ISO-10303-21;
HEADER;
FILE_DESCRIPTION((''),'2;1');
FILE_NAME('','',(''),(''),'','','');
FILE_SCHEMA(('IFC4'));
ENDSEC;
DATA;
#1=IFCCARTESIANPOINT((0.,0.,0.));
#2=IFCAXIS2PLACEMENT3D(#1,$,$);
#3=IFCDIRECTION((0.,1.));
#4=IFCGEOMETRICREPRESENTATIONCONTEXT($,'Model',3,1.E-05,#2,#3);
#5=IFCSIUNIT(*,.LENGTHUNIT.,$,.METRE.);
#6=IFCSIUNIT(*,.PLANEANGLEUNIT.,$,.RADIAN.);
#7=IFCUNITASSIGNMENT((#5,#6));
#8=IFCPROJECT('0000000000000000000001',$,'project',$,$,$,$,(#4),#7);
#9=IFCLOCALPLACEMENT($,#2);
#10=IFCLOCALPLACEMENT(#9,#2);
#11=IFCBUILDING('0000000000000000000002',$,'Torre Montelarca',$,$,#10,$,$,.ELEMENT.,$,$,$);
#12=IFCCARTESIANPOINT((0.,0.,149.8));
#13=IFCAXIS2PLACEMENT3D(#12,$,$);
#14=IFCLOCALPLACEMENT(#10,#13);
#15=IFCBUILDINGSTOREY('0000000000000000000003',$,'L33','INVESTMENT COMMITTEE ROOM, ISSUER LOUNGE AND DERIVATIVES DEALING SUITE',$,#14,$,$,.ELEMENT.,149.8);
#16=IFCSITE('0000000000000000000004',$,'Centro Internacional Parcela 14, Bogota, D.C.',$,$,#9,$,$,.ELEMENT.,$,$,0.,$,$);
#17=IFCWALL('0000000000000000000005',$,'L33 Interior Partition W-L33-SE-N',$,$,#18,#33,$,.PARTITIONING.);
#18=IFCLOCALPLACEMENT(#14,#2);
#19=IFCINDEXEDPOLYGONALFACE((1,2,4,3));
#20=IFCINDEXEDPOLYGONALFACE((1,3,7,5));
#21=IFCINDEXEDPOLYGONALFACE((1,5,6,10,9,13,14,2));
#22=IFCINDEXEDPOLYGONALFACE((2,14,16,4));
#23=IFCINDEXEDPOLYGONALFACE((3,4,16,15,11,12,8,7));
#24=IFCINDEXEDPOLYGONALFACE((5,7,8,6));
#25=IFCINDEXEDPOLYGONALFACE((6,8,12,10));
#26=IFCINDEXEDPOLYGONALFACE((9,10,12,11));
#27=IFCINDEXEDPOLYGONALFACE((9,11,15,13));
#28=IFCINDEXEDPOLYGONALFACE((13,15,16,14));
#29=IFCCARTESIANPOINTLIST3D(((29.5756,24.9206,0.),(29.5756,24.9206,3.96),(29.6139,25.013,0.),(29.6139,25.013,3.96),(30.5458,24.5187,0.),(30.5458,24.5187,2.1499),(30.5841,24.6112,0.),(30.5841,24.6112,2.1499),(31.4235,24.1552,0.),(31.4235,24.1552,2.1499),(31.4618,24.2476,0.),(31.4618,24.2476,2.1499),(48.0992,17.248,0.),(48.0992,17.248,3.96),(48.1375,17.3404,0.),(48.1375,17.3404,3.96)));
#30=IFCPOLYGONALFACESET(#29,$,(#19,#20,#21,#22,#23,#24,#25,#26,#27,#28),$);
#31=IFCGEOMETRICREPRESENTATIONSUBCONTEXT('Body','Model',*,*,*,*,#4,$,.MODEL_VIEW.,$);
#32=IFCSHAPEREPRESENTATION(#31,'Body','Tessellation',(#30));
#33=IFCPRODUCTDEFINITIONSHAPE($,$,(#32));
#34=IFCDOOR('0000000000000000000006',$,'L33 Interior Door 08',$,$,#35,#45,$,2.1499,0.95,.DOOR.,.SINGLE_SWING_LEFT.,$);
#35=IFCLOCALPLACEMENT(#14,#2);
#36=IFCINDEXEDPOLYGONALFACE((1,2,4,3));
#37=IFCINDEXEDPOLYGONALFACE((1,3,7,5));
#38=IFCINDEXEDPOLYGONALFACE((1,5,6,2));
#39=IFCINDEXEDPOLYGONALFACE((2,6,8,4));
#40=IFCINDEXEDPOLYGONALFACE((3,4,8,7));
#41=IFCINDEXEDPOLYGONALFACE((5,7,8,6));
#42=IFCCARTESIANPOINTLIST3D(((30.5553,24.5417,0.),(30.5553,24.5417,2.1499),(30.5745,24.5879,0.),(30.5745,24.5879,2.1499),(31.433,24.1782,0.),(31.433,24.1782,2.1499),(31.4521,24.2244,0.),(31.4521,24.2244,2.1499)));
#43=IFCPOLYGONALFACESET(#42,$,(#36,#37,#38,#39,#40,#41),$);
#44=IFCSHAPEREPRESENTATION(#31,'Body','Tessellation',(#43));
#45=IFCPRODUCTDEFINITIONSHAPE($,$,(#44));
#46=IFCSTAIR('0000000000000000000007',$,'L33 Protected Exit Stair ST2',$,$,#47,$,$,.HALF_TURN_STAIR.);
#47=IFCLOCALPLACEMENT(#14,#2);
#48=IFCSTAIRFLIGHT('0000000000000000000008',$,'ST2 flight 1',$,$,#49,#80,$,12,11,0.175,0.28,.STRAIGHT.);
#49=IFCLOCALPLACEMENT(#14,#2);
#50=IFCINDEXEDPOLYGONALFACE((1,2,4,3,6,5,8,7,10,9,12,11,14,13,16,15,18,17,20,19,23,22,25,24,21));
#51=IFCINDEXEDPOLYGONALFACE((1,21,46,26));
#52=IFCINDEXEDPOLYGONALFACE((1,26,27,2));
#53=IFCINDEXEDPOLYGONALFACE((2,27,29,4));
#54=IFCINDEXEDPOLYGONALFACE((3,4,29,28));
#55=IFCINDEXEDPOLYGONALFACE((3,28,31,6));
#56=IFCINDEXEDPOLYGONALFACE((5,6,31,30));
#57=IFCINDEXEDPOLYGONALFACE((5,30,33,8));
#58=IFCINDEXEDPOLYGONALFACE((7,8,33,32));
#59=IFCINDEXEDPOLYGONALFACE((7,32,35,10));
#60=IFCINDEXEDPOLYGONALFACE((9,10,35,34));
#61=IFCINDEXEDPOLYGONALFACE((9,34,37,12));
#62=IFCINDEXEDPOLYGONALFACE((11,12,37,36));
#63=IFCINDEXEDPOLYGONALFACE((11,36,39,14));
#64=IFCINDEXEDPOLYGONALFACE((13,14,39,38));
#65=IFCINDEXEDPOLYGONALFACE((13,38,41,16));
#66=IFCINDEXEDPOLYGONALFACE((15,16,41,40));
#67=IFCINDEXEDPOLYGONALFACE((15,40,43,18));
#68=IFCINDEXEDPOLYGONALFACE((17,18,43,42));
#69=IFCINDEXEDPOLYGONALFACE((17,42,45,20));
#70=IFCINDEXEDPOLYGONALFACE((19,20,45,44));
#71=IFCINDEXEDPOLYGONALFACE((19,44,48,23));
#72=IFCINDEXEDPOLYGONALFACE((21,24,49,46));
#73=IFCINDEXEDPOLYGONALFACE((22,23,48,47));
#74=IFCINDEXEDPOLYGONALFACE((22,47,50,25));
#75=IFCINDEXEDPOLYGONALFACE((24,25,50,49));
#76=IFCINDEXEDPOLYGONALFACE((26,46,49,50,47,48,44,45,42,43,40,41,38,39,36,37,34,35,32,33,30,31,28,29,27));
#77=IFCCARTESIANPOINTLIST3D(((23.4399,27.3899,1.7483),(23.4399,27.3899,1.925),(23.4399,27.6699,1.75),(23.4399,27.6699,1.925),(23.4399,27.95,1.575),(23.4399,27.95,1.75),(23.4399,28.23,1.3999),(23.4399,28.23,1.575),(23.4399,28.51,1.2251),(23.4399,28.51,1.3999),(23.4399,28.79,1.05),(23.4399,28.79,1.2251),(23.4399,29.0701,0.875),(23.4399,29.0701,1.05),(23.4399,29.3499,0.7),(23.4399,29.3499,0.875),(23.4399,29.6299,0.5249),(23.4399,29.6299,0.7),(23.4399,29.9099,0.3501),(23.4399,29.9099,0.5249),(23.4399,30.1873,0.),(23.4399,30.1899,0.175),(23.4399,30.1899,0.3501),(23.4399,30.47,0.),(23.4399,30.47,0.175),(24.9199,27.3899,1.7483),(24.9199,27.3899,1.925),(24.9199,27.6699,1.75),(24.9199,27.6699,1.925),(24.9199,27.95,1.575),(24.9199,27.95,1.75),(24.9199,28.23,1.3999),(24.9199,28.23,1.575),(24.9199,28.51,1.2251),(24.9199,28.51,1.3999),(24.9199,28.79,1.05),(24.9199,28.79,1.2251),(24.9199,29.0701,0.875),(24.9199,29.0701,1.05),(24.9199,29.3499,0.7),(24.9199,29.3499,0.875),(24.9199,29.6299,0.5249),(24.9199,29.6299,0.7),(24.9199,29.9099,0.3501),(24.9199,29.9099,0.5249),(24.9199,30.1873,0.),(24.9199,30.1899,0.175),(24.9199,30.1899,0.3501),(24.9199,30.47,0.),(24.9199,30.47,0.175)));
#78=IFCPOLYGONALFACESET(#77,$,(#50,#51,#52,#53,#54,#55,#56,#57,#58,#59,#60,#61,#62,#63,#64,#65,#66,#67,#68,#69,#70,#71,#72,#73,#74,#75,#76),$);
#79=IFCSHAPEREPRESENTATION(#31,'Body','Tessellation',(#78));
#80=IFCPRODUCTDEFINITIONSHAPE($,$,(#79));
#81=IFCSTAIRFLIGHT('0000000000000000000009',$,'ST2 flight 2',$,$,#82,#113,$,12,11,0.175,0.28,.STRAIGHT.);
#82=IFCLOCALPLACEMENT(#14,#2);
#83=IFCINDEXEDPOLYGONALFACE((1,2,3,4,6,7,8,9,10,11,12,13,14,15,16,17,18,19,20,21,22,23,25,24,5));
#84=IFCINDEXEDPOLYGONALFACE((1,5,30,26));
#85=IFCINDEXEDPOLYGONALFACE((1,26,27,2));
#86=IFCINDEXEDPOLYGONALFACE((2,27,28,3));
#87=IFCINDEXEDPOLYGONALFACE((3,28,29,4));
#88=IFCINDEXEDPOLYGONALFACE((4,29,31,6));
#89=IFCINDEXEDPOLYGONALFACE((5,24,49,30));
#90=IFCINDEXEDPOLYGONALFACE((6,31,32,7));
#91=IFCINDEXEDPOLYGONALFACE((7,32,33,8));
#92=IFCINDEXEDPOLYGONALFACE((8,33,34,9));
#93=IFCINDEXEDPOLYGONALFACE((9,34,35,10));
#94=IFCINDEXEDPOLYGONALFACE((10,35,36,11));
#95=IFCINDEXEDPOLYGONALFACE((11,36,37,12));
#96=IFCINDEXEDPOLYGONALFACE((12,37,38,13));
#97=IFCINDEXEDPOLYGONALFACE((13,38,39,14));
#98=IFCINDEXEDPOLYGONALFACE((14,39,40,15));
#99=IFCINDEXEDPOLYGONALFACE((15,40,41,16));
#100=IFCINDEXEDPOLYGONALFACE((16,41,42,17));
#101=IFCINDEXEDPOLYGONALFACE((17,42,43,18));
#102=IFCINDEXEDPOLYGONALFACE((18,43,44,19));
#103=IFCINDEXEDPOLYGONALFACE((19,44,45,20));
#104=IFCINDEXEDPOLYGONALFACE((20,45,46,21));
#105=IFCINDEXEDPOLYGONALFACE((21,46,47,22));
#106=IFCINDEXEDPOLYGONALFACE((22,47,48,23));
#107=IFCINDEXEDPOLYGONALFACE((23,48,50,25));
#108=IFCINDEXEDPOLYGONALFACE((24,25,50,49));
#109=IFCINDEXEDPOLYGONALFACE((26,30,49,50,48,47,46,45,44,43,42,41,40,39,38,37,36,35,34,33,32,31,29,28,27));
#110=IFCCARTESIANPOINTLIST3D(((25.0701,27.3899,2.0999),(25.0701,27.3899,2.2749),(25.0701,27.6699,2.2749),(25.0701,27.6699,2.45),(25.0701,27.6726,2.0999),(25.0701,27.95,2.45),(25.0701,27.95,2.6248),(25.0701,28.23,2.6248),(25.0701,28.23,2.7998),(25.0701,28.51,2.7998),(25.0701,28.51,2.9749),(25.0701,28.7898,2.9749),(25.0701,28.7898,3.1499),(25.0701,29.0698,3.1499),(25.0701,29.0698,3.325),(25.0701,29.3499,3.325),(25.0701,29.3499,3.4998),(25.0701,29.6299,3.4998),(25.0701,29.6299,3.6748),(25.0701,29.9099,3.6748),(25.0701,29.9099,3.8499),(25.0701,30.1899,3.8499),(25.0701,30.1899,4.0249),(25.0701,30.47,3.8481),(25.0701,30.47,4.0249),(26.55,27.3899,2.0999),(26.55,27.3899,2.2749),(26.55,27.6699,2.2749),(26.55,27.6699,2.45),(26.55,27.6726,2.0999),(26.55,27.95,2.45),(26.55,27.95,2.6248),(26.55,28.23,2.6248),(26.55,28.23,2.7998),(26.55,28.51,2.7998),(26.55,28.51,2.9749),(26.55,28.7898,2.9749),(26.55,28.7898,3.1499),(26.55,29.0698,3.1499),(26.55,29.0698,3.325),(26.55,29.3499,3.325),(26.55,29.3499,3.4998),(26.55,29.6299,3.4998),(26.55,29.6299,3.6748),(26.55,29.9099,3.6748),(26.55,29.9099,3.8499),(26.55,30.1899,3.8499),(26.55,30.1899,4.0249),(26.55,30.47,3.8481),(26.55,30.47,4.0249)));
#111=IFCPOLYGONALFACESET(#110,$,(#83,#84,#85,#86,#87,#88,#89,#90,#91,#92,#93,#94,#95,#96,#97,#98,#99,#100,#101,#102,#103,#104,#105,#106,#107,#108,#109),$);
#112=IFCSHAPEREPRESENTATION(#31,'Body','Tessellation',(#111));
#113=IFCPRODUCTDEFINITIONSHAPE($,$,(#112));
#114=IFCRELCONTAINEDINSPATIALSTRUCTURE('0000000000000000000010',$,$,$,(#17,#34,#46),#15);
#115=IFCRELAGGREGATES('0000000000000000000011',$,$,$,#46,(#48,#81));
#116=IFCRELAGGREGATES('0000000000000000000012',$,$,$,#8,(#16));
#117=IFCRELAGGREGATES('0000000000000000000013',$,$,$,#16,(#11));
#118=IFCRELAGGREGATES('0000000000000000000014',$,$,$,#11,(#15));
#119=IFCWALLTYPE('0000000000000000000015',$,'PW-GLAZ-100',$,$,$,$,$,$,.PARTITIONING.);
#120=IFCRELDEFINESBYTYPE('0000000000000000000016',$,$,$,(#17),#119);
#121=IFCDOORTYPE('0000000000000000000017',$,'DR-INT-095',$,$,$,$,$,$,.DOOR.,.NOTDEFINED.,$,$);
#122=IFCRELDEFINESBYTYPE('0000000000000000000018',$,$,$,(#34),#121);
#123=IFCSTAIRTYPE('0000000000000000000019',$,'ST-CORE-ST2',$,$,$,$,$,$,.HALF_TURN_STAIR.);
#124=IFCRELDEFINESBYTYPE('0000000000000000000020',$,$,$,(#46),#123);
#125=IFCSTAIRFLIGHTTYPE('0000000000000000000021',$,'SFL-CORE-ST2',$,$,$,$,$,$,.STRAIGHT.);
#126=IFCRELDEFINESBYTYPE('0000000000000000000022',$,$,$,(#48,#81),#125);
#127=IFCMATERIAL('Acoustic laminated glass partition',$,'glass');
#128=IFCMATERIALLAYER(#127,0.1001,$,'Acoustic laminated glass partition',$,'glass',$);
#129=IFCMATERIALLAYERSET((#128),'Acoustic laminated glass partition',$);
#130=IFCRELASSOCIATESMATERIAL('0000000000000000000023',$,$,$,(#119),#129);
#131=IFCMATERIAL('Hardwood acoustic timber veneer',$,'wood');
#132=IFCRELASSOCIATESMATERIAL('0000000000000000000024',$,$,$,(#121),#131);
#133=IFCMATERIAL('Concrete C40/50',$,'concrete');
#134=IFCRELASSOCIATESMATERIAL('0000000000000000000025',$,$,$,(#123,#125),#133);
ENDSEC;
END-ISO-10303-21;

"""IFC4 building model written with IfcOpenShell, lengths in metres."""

from ifc_helpers import new_model, si_unit, direction, frame, frame_2d, origin, place, context, subcontext, project, spatial, polyline, rectangle, outline, extrude, source, transform, mapped, material, layer, layer_set, type_object, element, fill, aggregate, save


model = new_model("IFC4")

# Units and contexts
model_context = context("Model", 3, precision=1e-05, world=origin(), true_north=direction((0.0, 1.0)))
body_context = subcontext(model_context, "Body", "Model", "MODEL_VIEW")
ifc_project = project(units=[si_unit("LENGTHUNIT", "METRE"), si_unit("PLANEANGLEUNIT", "RADIAN")], contexts=[model_context])

# Site, building, storey
site_placement = place(None, origin())
site = spatial("IfcSite", under=ifc_project, at=site_placement, Name="Centro Internacional Parcela 14, Bogota, D.C.", CompositionType="ELEMENT", RefElevation=0.0)
building_placement = place(site_placement, origin())
building = spatial("IfcBuilding", under=site, at=building_placement, Name="Torre Montelarca", CompositionType="ELEMENT")
storey_placement = place(building_placement, frame((0.0, 0.0, 149.8)))
storey = spatial("IfcBuildingStorey", under=building, at=storey_placement, Name="L33", Description="INVESTMENT COMMITTEE ROOM, ISSUER LOUNGE AND DERIVATIVES DEALING SUITE", CompositionType="ELEMENT", Elevation=149.8)

# Shared definitions
ifc_material_1 = material(Name="Concrete C40/50", Category="concrete")

# Wall, opening, door
ifc_material_2 = material(Name="Acoustic laminated glass partition", Category="glass")
ifc_layer_1 = layer(ifc_material_2, 0.1001, Name="Acoustic laminated glass partition", Category="glass")
ifc_layer_set_1 = layer_set([ifc_layer_1], Name="Acoustic laminated glass partition")
wall_type_1 = type_object("IfcWallType", Name="PW-GLAZ-100", PredefinedType="PARTITIONING", material=ifc_layer_set_1)
wall_1_placement = place(storey_placement, frame((29.5947, 24.9668, 0.0), z_axis=(0.0, 0.0, 1.0), x_axis=(0.923882, -0.382677, 0.0)))
wall_1 = element("IfcWall", 1, at=wall_1_placement, inside=storey, type_object=wall_type_1, Name="L33 Interior Partition W-L33-SE-N", PredefinedType="PARTITIONING", context=body_context, shape_type="SweptSolid", body=[
    extrude(rectangle(XDim=20.0498, YDim=0.1001, at=frame_2d((10.0249, 0.0))), origin(), (0.0, 0.0, 1.0), 3.96),
])
opening_1_placement = place(wall_1_placement, frame((1.05, 0.0, 0.0)))
opening_1 = element("IfcOpeningElement", 2, at=opening_1_placement, cuts=wall_1, PredefinedType="OPENING", context=body_context, shape_type="SweptSolid", body=[
    extrude(rectangle(XDim=0.95, YDim=2.1499, at=frame_2d((0.4751, 1.075))), frame((0.0, 0.0601, 0.0), z_axis=(0.0, -1.0, 0.0), x_axis=(1.0, 0.0, 0.0)), (0.0, 0.0, 1.0), 0.1201),
])
ifc_material_3 = material(Name="Hardwood acoustic timber veneer", Category="wood")
door_type_1 = type_object("IfcDoorType", Name="DR-INT-095", OperationType="NOTDEFINED", PredefinedType="DOOR", material=ifc_material_3)
shared_shape_1 = source(origin(), body_context, "Body", "SweptSolid", [
    extrude(rectangle(XDim=0.95, YDim=2.1499, at=frame_2d((0.4751, 1.075))), frame((0.0, 0.0249, 0.0), z_axis=(0.0, -1.0, 0.0), x_axis=(1.0, 0.0, 0.0)), (0.0, 0.0, 1.0), 0.05),
])
door_1_placement = place(opening_1_placement, origin())
door_1 = element("IfcDoor", 3, at=door_1_placement, inside=storey, type_object=door_type_1, Name="L33 Interior Door 08", OperationType="SINGLE_SWING_LEFT", OverallHeight=2.1499, OverallWidth=0.95, PredefinedType="DOOR", context=body_context, shape_type="MappedRepresentation", body=[
    mapped(shared_shape_1, transform((0.0, 0.0, 0.0), scale=1.0)),
])
fill(opening_1, door_1)

# Stair, stair flights
stair_type = type_object("IfcStairType", Name="ST-CORE-ST2", PredefinedType="HALF_TURN_STAIR", material=ifc_material_1)
stair_placement = place(storey_placement, origin())
stair = element("IfcStair", 4, at=stair_placement, inside=storey, type_object=stair_type, Name="L33 Protected Exit Stair ST2", PredefinedType="HALF_TURN_STAIR")
stair_flight_type = type_object("IfcStairFlightType", Name="SFL-CORE-ST2", PredefinedType="STRAIGHT", material=ifc_material_1)
stair_flight_1_placement = place(storey_placement, frame((24.1799, 30.47, 0.0), z_axis=(0.0, 0.0, 1.0), x_axis=(0.0, -1.0, 0.0)))
stair_flight_1 = element("IfcStairFlight", 5, at=stair_flight_1_placement, type_object=stair_flight_type, Name="ST2 flight 1", NumberOfRisers=12, NumberOfTreads=11, PredefinedType="STRAIGHT", RiserHeight=0.175, TreadLength=0.28, context=body_context, shape_type="SweptSolid", body=[
    extrude(outline(polyline([(0.0, 0.0), (0.0, 0.175), (0.28, 0.175), (0.28, 0.3501), (0.5601, 0.3501), (0.5601, 0.5249), (0.8401, 0.5249), (0.8401, 0.7), (1.1201, 0.7), (1.1201, 0.875), (1.3999, 0.875), (1.3999, 1.05), (1.6799, 1.05), (1.6799, 1.2251), (1.96, 1.2251), (1.96, 1.3999), (2.24, 1.3999), (2.24, 1.575), (2.52, 1.575), (2.52, 1.75), (2.8, 1.75), (2.8, 1.925), (3.0801, 1.925), (3.0801, 2.1001), (3.0801, 1.7483), (0.2827, 0.0), (0.0, 0.0)])), frame((0.0, 0.74, 0.0), z_axis=(0.0, -1.0, 0.0), x_axis=(1.0, 0.0, 0.0)), (0.0, 0.0, 1.0), 1.48),
])
stair_flight_2_placement = place(storey_placement, frame((25.8101, 27.3899, 2.0999), z_axis=(0.0, 0.0, 1.0), x_axis=(0.0, 1.0, 0.0)))
stair_flight_2 = element("IfcStairFlight", 6, at=stair_flight_2_placement, type_object=stair_flight_type, Name="ST2 flight 2", NumberOfRisers=12, NumberOfTreads=11, PredefinedType="STRAIGHT", RiserHeight=0.175, TreadLength=0.28, context=body_context, shape_type="SweptSolid", body=[
    extrude(outline(polyline([(0.0, 0.0), (0.0, 0.175), (0.28, 0.175), (0.28, 0.3501), (0.5601, 0.3501), (0.5601, 0.5249), (0.8401, 0.5249), (0.8401, 0.7), (1.1201, 0.7), (1.1201, 0.875), (1.3999, 0.875), (1.3999, 1.05), (1.6799, 1.05), (1.6799, 1.2251), (1.96, 1.2251), (1.96, 1.3999), (2.24, 1.3999), (2.24, 1.575), (2.52, 1.575), (2.52, 1.75), (2.8, 1.75), (2.8, 1.925), (3.0801, 1.925), (3.0801, 2.1001), (3.0801, 1.7483), (0.2827, 0.0), (0.0, 0.0)])), frame((0.0, 0.74, 0.0), z_axis=(0.0, -1.0, 0.0), x_axis=(1.0, 0.0, 0.0)), (0.0, 0.0, 1.0), 1.48),
])
aggregate(stair, [stair_flight_1, stair_flight_2])

save(model, "model.ifc")
